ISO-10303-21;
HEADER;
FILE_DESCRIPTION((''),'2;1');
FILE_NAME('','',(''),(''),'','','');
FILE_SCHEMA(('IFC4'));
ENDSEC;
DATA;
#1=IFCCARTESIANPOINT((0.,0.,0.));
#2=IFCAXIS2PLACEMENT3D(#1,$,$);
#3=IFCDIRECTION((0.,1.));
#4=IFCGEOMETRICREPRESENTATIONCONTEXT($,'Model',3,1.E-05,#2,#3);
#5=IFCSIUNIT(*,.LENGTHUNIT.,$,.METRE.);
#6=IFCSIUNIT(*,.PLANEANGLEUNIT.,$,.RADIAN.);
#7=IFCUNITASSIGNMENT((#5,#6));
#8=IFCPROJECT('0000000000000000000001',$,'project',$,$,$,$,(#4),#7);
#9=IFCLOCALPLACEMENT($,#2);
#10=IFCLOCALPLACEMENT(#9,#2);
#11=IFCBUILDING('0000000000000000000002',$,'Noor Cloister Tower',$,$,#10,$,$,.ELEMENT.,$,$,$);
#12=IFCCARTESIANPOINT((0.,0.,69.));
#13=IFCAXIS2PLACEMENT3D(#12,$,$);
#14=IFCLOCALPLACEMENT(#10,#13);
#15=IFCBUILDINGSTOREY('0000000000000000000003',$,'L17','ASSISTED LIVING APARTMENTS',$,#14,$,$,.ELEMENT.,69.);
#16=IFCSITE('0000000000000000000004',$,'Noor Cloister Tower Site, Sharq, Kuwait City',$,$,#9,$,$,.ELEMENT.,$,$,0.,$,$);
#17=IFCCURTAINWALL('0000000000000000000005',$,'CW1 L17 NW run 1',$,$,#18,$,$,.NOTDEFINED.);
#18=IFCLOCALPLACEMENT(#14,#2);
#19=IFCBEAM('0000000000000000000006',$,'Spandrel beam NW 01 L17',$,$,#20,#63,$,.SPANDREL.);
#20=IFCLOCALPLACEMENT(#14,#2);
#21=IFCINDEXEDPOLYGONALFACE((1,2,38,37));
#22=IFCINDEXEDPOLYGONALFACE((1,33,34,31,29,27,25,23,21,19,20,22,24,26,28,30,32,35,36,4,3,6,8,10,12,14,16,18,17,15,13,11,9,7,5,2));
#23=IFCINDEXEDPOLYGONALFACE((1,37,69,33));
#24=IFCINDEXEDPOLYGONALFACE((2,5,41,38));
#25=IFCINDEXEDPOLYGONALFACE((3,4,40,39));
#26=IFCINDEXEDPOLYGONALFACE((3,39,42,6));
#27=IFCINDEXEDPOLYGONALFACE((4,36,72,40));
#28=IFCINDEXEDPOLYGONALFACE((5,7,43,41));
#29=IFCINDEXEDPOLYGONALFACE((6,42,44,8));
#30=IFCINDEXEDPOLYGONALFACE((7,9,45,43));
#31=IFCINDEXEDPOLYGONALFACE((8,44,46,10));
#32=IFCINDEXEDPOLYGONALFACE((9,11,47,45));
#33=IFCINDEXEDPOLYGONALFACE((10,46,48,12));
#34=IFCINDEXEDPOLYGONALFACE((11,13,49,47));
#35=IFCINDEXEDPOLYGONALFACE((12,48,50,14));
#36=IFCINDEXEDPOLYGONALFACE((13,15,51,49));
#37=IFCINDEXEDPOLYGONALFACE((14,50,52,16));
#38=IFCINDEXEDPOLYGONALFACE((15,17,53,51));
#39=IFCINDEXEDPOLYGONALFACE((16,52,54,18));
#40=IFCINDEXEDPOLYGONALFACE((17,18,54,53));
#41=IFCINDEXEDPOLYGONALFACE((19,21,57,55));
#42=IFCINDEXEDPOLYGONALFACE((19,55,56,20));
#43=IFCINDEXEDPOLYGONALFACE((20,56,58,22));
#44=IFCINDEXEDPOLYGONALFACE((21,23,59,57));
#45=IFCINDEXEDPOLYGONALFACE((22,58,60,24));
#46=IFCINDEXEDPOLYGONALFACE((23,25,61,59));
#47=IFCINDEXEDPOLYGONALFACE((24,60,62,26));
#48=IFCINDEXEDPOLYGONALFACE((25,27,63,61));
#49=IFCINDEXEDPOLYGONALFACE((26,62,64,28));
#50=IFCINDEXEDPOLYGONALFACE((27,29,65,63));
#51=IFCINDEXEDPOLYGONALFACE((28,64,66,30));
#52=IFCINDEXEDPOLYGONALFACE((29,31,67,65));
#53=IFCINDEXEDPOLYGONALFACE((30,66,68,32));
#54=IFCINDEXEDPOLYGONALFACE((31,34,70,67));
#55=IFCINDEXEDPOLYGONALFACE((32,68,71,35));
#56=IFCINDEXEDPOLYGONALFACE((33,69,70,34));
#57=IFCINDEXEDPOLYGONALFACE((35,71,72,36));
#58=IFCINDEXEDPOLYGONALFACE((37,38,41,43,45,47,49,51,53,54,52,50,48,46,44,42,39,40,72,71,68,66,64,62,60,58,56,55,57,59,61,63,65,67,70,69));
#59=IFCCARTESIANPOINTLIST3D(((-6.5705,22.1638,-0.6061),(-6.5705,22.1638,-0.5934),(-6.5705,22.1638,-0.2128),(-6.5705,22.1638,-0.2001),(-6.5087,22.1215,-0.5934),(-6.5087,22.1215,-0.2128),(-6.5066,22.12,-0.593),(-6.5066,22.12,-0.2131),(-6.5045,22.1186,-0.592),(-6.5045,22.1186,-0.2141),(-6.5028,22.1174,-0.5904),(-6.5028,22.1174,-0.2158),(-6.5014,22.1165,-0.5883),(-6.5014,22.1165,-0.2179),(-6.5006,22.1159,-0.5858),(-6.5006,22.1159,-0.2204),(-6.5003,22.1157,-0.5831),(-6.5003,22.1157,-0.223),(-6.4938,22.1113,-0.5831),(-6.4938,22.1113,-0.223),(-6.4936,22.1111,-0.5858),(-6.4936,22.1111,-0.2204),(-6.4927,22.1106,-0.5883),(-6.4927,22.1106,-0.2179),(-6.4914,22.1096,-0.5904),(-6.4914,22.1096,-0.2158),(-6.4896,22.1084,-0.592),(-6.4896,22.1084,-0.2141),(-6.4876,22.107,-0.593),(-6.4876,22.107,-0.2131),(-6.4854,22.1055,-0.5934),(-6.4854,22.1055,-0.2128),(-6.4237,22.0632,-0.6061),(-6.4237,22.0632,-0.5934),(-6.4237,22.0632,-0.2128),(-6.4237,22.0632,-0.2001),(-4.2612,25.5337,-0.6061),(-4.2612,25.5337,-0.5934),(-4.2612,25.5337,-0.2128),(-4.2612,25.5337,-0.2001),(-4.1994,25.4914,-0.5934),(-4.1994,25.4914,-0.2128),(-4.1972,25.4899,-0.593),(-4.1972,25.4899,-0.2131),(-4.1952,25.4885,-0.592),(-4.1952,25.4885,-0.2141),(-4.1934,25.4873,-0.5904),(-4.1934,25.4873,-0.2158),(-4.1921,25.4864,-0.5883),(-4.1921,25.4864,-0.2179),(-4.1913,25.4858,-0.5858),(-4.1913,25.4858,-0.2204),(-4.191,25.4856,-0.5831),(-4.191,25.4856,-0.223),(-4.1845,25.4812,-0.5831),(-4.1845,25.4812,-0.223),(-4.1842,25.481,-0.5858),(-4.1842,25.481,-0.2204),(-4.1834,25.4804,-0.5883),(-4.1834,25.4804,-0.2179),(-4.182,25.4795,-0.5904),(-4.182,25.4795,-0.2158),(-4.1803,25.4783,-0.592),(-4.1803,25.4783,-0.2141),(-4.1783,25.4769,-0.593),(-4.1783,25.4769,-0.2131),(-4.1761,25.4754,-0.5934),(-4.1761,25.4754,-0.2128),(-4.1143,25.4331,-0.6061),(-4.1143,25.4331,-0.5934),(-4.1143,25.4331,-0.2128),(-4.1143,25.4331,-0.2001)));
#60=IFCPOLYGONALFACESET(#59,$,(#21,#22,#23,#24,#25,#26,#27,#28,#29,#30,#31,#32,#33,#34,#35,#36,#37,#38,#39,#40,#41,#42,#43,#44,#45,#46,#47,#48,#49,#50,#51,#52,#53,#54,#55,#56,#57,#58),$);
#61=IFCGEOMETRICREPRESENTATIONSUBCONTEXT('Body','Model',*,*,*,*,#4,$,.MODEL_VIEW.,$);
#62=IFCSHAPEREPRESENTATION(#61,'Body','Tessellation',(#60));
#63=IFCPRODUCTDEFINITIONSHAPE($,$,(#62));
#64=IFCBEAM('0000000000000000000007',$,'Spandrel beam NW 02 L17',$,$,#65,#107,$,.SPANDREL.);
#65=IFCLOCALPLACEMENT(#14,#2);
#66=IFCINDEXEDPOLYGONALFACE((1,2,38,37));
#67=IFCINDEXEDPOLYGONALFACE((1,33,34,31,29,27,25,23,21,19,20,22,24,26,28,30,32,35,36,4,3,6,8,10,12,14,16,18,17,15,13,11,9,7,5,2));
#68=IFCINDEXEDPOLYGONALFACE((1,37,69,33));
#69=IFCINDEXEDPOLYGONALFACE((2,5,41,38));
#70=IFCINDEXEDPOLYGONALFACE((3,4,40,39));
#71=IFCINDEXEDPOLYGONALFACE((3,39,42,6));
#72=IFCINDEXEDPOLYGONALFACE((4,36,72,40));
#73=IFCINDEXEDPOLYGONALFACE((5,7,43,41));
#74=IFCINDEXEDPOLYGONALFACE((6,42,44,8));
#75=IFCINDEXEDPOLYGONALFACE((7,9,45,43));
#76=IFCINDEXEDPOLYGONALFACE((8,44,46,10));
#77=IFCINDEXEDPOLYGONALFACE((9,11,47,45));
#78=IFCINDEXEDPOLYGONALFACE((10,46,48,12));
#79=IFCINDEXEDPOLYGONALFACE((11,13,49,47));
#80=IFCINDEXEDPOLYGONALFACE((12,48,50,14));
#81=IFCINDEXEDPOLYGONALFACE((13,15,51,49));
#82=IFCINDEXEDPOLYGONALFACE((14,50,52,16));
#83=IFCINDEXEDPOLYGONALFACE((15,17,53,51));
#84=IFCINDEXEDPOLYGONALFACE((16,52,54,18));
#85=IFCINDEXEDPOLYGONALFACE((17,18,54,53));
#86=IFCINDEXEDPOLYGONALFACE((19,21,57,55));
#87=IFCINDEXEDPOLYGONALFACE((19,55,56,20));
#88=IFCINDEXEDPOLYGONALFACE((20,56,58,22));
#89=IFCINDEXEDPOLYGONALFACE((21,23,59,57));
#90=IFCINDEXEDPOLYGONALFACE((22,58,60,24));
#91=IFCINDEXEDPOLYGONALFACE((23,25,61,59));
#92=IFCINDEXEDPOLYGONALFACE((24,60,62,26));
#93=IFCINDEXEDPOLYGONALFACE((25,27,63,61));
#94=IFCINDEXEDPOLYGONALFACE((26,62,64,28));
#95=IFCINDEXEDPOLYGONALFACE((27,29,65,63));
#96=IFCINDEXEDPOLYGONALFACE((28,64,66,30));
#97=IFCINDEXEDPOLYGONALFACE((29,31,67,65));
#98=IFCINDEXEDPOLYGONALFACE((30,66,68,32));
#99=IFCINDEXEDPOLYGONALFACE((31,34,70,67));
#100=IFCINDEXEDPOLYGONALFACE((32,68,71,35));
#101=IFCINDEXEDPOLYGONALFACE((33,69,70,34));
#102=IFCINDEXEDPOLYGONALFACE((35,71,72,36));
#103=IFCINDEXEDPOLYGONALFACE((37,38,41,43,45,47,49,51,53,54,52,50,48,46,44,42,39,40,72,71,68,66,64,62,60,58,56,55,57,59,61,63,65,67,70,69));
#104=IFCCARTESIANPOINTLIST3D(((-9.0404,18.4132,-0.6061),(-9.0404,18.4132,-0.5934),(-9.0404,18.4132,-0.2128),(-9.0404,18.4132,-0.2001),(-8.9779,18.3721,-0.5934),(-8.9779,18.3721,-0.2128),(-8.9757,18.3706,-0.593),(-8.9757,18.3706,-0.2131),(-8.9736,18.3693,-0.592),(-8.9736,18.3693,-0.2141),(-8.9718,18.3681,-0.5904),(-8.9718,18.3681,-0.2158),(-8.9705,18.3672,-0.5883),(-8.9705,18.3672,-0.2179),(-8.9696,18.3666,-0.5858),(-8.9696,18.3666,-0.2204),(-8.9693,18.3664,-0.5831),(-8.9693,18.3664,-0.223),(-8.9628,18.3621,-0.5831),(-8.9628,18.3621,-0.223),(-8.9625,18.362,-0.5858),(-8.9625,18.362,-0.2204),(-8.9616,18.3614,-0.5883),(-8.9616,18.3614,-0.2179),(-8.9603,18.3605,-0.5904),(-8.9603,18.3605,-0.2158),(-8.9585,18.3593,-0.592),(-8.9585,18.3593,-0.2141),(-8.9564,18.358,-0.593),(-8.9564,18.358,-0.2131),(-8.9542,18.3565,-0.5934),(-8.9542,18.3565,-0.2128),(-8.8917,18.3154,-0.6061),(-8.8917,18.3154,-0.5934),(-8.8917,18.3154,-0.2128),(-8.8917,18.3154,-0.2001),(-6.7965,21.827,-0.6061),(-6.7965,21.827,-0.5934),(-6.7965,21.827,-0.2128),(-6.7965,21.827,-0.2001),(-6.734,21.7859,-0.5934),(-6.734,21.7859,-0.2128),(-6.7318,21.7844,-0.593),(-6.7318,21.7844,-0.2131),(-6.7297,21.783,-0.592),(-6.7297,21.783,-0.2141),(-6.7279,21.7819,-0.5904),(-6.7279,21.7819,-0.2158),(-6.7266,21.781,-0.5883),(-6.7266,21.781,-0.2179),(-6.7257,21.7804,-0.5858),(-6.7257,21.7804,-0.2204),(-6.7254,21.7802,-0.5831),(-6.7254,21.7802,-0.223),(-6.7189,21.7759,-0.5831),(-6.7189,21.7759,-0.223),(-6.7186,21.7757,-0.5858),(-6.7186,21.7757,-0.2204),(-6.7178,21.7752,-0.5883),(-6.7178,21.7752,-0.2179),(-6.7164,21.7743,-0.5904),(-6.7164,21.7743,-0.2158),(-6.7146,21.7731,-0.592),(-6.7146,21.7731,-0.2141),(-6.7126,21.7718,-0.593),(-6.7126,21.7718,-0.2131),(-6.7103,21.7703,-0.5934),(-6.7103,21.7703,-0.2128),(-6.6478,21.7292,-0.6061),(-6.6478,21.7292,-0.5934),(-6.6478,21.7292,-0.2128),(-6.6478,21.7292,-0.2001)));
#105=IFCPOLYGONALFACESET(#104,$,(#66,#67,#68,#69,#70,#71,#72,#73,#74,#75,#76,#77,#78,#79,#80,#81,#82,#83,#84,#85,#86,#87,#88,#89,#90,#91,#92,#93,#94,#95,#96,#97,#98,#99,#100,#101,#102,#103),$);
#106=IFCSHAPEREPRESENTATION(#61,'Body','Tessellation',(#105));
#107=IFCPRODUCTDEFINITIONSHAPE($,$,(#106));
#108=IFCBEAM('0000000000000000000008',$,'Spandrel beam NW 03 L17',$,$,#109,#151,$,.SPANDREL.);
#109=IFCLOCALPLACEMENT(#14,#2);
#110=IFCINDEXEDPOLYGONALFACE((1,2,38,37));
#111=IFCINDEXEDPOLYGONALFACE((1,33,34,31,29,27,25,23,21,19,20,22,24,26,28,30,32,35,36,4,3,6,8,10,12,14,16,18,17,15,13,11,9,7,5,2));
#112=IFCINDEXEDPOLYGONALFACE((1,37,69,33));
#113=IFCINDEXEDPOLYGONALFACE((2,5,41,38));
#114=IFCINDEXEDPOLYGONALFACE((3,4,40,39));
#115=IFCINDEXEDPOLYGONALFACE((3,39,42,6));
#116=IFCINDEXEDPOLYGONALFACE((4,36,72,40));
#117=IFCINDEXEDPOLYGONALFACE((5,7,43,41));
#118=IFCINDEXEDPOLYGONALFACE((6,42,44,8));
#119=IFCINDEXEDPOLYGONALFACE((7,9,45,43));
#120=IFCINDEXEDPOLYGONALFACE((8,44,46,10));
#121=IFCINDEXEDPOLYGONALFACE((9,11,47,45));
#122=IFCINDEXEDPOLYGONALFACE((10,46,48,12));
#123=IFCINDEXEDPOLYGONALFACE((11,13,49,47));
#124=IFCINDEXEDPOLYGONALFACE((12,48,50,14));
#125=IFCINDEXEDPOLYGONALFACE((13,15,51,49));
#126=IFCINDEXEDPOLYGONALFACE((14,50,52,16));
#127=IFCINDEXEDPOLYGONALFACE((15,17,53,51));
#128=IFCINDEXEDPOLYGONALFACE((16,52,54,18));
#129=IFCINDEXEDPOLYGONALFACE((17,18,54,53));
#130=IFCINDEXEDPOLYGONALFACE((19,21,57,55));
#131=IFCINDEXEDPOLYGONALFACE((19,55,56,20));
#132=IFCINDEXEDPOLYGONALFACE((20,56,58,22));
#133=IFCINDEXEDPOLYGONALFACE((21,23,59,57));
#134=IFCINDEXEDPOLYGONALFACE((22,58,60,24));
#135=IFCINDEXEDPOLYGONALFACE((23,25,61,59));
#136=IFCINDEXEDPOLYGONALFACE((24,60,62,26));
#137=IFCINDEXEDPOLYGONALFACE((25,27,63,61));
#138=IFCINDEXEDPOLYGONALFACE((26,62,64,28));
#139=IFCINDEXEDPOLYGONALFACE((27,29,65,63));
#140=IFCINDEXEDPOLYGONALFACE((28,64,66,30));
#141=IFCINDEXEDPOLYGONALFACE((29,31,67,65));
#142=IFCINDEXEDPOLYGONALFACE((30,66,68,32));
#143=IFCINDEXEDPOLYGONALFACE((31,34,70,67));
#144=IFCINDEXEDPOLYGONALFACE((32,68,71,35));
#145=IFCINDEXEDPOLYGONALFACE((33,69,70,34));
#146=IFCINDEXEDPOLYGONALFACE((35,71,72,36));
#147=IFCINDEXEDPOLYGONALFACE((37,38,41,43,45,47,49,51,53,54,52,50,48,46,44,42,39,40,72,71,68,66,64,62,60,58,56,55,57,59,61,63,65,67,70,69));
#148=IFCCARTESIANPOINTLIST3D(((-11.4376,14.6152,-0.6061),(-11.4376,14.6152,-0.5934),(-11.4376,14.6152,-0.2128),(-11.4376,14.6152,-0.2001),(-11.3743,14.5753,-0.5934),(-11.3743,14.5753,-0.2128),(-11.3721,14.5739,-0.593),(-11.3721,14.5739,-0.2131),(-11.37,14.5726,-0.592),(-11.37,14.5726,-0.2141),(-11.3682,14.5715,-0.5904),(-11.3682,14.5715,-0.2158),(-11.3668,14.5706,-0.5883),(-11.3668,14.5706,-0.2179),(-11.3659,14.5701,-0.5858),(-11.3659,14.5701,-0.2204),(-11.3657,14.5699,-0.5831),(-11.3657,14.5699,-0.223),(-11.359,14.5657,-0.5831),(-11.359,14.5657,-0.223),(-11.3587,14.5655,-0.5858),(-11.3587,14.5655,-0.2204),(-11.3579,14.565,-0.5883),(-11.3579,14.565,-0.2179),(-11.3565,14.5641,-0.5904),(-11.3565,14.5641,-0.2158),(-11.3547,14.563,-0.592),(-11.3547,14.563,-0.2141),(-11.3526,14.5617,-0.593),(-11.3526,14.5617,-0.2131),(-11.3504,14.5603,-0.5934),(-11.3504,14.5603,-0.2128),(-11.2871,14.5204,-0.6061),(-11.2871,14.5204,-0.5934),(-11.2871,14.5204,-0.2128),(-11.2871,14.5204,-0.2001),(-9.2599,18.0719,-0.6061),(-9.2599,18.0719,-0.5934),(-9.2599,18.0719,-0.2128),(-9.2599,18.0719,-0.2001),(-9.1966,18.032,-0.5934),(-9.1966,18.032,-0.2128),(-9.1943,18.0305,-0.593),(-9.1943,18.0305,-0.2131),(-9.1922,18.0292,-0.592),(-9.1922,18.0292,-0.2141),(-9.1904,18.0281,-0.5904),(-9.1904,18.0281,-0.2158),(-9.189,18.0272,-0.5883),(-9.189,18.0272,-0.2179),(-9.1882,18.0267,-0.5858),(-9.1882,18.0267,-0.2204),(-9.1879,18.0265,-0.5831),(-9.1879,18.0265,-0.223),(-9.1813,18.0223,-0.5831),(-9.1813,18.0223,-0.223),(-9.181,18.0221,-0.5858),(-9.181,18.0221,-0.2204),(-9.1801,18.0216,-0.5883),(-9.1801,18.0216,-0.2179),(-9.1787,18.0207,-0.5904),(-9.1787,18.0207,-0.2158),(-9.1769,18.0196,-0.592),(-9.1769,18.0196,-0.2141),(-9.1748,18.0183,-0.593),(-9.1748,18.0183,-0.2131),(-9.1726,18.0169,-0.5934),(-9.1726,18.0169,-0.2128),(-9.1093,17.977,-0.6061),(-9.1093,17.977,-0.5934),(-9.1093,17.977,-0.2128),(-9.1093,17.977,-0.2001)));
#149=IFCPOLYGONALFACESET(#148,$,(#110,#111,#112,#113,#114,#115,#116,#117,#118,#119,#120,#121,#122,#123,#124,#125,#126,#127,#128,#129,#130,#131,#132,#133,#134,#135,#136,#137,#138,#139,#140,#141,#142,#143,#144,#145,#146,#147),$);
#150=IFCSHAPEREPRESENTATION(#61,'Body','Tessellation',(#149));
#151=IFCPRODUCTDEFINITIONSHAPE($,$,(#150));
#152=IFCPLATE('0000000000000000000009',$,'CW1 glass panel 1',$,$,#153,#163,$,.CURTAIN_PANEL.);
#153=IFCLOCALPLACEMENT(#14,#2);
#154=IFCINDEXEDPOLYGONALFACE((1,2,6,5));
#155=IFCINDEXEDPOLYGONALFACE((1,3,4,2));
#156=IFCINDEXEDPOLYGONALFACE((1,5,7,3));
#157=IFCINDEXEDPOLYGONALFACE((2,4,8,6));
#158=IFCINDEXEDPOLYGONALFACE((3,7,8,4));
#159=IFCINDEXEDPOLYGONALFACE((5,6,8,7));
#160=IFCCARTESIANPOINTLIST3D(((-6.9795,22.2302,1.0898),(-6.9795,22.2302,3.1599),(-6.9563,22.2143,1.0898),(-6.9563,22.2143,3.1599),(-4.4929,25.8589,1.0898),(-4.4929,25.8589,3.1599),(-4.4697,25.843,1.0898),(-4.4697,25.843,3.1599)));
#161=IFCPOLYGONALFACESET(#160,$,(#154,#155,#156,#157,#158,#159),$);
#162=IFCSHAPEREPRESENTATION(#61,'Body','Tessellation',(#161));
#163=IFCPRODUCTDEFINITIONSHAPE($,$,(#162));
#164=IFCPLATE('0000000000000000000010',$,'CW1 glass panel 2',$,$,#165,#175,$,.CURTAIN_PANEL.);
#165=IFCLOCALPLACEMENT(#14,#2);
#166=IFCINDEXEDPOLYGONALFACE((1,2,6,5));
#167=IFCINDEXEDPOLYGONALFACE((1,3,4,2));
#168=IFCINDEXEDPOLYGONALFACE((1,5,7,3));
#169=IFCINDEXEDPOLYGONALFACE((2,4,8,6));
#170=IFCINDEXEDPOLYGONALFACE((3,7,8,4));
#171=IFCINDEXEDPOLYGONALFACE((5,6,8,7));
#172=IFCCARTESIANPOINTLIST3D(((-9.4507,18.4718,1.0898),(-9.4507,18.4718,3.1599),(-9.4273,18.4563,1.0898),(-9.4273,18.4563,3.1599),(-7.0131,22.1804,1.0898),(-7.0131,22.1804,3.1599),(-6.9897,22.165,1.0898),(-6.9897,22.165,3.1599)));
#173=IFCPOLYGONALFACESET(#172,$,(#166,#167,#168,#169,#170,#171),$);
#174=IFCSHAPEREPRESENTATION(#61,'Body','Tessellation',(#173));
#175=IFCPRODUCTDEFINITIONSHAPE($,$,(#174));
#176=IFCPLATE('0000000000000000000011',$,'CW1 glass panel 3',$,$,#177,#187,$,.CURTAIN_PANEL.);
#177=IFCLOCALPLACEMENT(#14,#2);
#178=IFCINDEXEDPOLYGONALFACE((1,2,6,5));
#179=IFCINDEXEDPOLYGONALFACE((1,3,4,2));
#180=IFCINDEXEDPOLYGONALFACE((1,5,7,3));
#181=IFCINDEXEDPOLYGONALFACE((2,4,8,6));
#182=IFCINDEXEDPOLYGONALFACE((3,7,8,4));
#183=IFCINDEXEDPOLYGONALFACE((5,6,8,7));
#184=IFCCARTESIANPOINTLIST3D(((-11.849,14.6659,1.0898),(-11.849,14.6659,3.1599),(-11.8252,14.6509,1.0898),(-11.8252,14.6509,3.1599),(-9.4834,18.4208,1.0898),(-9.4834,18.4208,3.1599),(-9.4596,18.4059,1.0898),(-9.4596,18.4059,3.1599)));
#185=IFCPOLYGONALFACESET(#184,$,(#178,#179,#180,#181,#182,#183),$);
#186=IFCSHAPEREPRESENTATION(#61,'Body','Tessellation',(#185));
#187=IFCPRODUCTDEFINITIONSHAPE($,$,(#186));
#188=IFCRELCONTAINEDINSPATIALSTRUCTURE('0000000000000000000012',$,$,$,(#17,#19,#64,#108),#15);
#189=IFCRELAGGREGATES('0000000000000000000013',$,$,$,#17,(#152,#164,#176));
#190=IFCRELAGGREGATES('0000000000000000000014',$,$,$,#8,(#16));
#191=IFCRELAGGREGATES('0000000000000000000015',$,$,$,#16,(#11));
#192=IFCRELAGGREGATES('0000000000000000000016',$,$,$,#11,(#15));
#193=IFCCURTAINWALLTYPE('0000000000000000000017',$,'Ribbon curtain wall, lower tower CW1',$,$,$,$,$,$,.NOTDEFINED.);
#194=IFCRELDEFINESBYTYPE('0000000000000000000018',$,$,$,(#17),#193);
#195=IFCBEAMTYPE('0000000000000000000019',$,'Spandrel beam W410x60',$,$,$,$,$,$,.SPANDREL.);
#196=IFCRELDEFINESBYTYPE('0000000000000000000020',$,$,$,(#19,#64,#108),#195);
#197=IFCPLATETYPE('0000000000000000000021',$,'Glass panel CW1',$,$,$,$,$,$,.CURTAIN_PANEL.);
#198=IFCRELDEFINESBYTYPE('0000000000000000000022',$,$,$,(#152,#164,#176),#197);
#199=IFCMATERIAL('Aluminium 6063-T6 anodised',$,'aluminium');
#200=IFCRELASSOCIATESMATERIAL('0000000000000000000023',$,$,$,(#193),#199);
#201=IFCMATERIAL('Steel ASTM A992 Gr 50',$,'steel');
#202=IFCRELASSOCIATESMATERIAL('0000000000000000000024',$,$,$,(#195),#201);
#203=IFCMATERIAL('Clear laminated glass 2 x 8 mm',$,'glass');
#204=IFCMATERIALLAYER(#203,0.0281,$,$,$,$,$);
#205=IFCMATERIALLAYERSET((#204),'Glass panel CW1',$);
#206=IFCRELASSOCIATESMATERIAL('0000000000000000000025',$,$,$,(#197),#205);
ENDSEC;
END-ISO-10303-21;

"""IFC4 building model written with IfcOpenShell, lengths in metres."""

from ifc_helpers import new_model, si_unit, direction, frame, origin, origin_2d, place, context, subcontext, project, spatial, rectangle, i_section, extrude, material, layer, layer_set, material_profile, profile_set, type_object, element, aggregate, save


model = new_model("IFC4")

# Units and contexts
model_context = context("Model", 3, precision=1e-05, world=origin(), true_north=direction((0.0, 1.0)))
body_context = subcontext(model_context, "Body", "Model", "MODEL_VIEW")
ifc_project = project(units=[si_unit("LENGTHUNIT", "METRE"), si_unit("PLANEANGLEUNIT", "RADIAN")], contexts=[model_context])

# Site, building, storey
site_placement = place(None, origin())
site = spatial("IfcSite", under=ifc_project, at=site_placement, Name="Noor Cloister Tower Site, Sharq, Kuwait City", CompositionType="ELEMENT", RefElevation=0.0)
building_placement = place(site_placement, origin())
building = spatial("IfcBuilding", under=site, at=building_placement, Name="Noor Cloister Tower", CompositionType="ELEMENT")
storey_placement = place(building_placement, frame((0.0, 0.0, 69.0)))
storey = spatial("IfcBuildingStorey", under=building, at=storey_placement, Name="L17", Description="ASSISTED LIVING APARTMENTS", CompositionType="ELEMENT", Elevation=69.0)

# Curtain wall
ifc_material_1 = material(Name="Aluminium 6063-T6 anodised", Category="aluminium")
curtain_wall_type = type_object("IfcCurtainWallType", Name="Ribbon curtain wall, lower tower CW1", PredefinedType="NOTDEFINED", material=ifc_material_1)
curtain_wall_placement = place(storey_placement, origin())
curtain_wall = element("IfcCurtainWall", 1, at=curtain_wall_placement, inside=storey, type_object=curtain_wall_type, Name="CW1 L17 NW run 1", PredefinedType="NOTDEFINED")

# Beams
ifc_material_2 = material(Name="Steel ASTM A992 Gr 50", Category="steel")
ifc_material_profile_1 = material_profile(ifc_material_2, i_section(OverallWidth=0.178, OverallDepth=0.406, WebThickness=0.0078, FlangeThickness=0.0127, FilletRadius=0.0103, at=origin_2d()), Name="W410x60")
ifc_profile_set_1 = profile_set([ifc_material_profile_1], Name="Steel ASTM A992 Gr 50")
beam_type_1 = type_object("IfcBeamType", Name="Spandrel beam W410x60", PredefinedType="SPANDREL", material=ifc_profile_set_1)
for number, where, z_axis, x_axis, name in (
    (2, (-4.1877, 25.4834, -0.4031), (-0.565288, -0.824894, 0.0), (0.824894, -0.565288, 0.0), "Spandrel beam NW 01 L17"),
    (3, (-6.7222, 21.7781, -0.4031), (-0.549269, -0.835646, 0.0), (0.835646, -0.549269, 0.0), "Spandrel beam NW 02 L17"),
):
    element("IfcBeam", number, at=place(storey_placement, frame(where, z_axis=z_axis, x_axis=x_axis)), inside=storey, type_object=beam_type_1, Name=name, PredefinedType="SPANDREL", context=body_context, shape_type="SweptSolid", body=[
        extrude(i_section(OverallWidth=0.178, OverallDepth=0.406, WebThickness=0.0078, FlangeThickness=0.0127, FilletRadius=0.0103, at=origin_2d()), origin(), (0.0, 0.0, 1.0), 4.0852),
    ])
beam_1_placement = place(storey_placement, frame((-9.1846, 18.0244, -0.4031), z_axis=(-0.533057, -0.846079, 0.0), x_axis=(0.846079, -0.533057, 0.0)))
element("IfcBeam", 4, at=beam_1_placement, inside=storey, type_object=beam_type_1, Name="Spandrel beam NW 03 L17", PredefinedType="SPANDREL", context=body_context, shape_type="SweptSolid", body=[
    extrude(i_section(OverallWidth=0.178, OverallDepth=0.406, WebThickness=0.0078, FlangeThickness=0.0127, FilletRadius=0.0103, at=origin_2d()), origin(), (0.0, 0.0, 1.0), 4.0854),
])

# Plates
ifc_material_3 = material(Name="Clear laminated glass 2 x 8 mm", Category="glass")
ifc_layer = layer(ifc_material_3, 0.0281)
ifc_layer_set = layer_set([ifc_layer], Name="Glass panel CW1")
plate_type = type_object("IfcPlateType", Name="Glass panel CW1", PredefinedType="CURTAIN_PANEL", material=ifc_layer_set)
plate_1_placement = place(storey_placement, frame((-5.7246, 24.0366, 1.0898), z_axis=(0.0, 0.0, 1.0), x_axis=(-0.565276, -0.824902, 0.0)))
plate_1 = element("IfcPlate", 5, at=plate_1_placement, type_object=plate_type, Name="CW1 glass panel 1", PredefinedType="CURTAIN_PANEL", context=body_context, shape_type="SweptSolid", body=[
    extrude(rectangle(XDim=4.3989, YDim=0.0281, at=origin_2d()), origin(), (0.0, 0.0, 1.0), 2.0701),
])
plate_2_placement = place(storey_placement, frame((-8.2202, 20.3184, 1.0898), z_axis=(0.0, 0.0, 1.0), x_axis=(-0.549258, -0.835653, 0.0)))
plate_2 = element("IfcPlate", 6, at=plate_2_placement, type_object=plate_type, Name="CW1 glass panel 2", PredefinedType="CURTAIN_PANEL", context=body_context, shape_type="SweptSolid", body=[
    extrude(rectangle(XDim=4.438, YDim=0.0281, at=origin_2d()), origin(), (0.0, 0.0, 1.0), 2.0701),
])
plate_3_placement = place(storey_placement, frame((-10.6543, 16.5359, 1.0898), z_axis=(0.0, 0.0, 1.0), x_axis=(-0.533035, -0.846093, 0.0)))
plate_3 = element("IfcPlate", 7, at=plate_3_placement, type_object=plate_type, Name="CW1 glass panel 3", PredefinedType="CURTAIN_PANEL", context=body_context, shape_type="SweptSolid", body=[
    extrude(rectangle(XDim=4.438, YDim=0.0281, at=origin_2d()), origin(), (0.0, 0.0, 1.0), 2.0701),
])
aggregate(curtain_wall, [plate_1, plate_2, plate_3])

save(model, "model.ifc")
